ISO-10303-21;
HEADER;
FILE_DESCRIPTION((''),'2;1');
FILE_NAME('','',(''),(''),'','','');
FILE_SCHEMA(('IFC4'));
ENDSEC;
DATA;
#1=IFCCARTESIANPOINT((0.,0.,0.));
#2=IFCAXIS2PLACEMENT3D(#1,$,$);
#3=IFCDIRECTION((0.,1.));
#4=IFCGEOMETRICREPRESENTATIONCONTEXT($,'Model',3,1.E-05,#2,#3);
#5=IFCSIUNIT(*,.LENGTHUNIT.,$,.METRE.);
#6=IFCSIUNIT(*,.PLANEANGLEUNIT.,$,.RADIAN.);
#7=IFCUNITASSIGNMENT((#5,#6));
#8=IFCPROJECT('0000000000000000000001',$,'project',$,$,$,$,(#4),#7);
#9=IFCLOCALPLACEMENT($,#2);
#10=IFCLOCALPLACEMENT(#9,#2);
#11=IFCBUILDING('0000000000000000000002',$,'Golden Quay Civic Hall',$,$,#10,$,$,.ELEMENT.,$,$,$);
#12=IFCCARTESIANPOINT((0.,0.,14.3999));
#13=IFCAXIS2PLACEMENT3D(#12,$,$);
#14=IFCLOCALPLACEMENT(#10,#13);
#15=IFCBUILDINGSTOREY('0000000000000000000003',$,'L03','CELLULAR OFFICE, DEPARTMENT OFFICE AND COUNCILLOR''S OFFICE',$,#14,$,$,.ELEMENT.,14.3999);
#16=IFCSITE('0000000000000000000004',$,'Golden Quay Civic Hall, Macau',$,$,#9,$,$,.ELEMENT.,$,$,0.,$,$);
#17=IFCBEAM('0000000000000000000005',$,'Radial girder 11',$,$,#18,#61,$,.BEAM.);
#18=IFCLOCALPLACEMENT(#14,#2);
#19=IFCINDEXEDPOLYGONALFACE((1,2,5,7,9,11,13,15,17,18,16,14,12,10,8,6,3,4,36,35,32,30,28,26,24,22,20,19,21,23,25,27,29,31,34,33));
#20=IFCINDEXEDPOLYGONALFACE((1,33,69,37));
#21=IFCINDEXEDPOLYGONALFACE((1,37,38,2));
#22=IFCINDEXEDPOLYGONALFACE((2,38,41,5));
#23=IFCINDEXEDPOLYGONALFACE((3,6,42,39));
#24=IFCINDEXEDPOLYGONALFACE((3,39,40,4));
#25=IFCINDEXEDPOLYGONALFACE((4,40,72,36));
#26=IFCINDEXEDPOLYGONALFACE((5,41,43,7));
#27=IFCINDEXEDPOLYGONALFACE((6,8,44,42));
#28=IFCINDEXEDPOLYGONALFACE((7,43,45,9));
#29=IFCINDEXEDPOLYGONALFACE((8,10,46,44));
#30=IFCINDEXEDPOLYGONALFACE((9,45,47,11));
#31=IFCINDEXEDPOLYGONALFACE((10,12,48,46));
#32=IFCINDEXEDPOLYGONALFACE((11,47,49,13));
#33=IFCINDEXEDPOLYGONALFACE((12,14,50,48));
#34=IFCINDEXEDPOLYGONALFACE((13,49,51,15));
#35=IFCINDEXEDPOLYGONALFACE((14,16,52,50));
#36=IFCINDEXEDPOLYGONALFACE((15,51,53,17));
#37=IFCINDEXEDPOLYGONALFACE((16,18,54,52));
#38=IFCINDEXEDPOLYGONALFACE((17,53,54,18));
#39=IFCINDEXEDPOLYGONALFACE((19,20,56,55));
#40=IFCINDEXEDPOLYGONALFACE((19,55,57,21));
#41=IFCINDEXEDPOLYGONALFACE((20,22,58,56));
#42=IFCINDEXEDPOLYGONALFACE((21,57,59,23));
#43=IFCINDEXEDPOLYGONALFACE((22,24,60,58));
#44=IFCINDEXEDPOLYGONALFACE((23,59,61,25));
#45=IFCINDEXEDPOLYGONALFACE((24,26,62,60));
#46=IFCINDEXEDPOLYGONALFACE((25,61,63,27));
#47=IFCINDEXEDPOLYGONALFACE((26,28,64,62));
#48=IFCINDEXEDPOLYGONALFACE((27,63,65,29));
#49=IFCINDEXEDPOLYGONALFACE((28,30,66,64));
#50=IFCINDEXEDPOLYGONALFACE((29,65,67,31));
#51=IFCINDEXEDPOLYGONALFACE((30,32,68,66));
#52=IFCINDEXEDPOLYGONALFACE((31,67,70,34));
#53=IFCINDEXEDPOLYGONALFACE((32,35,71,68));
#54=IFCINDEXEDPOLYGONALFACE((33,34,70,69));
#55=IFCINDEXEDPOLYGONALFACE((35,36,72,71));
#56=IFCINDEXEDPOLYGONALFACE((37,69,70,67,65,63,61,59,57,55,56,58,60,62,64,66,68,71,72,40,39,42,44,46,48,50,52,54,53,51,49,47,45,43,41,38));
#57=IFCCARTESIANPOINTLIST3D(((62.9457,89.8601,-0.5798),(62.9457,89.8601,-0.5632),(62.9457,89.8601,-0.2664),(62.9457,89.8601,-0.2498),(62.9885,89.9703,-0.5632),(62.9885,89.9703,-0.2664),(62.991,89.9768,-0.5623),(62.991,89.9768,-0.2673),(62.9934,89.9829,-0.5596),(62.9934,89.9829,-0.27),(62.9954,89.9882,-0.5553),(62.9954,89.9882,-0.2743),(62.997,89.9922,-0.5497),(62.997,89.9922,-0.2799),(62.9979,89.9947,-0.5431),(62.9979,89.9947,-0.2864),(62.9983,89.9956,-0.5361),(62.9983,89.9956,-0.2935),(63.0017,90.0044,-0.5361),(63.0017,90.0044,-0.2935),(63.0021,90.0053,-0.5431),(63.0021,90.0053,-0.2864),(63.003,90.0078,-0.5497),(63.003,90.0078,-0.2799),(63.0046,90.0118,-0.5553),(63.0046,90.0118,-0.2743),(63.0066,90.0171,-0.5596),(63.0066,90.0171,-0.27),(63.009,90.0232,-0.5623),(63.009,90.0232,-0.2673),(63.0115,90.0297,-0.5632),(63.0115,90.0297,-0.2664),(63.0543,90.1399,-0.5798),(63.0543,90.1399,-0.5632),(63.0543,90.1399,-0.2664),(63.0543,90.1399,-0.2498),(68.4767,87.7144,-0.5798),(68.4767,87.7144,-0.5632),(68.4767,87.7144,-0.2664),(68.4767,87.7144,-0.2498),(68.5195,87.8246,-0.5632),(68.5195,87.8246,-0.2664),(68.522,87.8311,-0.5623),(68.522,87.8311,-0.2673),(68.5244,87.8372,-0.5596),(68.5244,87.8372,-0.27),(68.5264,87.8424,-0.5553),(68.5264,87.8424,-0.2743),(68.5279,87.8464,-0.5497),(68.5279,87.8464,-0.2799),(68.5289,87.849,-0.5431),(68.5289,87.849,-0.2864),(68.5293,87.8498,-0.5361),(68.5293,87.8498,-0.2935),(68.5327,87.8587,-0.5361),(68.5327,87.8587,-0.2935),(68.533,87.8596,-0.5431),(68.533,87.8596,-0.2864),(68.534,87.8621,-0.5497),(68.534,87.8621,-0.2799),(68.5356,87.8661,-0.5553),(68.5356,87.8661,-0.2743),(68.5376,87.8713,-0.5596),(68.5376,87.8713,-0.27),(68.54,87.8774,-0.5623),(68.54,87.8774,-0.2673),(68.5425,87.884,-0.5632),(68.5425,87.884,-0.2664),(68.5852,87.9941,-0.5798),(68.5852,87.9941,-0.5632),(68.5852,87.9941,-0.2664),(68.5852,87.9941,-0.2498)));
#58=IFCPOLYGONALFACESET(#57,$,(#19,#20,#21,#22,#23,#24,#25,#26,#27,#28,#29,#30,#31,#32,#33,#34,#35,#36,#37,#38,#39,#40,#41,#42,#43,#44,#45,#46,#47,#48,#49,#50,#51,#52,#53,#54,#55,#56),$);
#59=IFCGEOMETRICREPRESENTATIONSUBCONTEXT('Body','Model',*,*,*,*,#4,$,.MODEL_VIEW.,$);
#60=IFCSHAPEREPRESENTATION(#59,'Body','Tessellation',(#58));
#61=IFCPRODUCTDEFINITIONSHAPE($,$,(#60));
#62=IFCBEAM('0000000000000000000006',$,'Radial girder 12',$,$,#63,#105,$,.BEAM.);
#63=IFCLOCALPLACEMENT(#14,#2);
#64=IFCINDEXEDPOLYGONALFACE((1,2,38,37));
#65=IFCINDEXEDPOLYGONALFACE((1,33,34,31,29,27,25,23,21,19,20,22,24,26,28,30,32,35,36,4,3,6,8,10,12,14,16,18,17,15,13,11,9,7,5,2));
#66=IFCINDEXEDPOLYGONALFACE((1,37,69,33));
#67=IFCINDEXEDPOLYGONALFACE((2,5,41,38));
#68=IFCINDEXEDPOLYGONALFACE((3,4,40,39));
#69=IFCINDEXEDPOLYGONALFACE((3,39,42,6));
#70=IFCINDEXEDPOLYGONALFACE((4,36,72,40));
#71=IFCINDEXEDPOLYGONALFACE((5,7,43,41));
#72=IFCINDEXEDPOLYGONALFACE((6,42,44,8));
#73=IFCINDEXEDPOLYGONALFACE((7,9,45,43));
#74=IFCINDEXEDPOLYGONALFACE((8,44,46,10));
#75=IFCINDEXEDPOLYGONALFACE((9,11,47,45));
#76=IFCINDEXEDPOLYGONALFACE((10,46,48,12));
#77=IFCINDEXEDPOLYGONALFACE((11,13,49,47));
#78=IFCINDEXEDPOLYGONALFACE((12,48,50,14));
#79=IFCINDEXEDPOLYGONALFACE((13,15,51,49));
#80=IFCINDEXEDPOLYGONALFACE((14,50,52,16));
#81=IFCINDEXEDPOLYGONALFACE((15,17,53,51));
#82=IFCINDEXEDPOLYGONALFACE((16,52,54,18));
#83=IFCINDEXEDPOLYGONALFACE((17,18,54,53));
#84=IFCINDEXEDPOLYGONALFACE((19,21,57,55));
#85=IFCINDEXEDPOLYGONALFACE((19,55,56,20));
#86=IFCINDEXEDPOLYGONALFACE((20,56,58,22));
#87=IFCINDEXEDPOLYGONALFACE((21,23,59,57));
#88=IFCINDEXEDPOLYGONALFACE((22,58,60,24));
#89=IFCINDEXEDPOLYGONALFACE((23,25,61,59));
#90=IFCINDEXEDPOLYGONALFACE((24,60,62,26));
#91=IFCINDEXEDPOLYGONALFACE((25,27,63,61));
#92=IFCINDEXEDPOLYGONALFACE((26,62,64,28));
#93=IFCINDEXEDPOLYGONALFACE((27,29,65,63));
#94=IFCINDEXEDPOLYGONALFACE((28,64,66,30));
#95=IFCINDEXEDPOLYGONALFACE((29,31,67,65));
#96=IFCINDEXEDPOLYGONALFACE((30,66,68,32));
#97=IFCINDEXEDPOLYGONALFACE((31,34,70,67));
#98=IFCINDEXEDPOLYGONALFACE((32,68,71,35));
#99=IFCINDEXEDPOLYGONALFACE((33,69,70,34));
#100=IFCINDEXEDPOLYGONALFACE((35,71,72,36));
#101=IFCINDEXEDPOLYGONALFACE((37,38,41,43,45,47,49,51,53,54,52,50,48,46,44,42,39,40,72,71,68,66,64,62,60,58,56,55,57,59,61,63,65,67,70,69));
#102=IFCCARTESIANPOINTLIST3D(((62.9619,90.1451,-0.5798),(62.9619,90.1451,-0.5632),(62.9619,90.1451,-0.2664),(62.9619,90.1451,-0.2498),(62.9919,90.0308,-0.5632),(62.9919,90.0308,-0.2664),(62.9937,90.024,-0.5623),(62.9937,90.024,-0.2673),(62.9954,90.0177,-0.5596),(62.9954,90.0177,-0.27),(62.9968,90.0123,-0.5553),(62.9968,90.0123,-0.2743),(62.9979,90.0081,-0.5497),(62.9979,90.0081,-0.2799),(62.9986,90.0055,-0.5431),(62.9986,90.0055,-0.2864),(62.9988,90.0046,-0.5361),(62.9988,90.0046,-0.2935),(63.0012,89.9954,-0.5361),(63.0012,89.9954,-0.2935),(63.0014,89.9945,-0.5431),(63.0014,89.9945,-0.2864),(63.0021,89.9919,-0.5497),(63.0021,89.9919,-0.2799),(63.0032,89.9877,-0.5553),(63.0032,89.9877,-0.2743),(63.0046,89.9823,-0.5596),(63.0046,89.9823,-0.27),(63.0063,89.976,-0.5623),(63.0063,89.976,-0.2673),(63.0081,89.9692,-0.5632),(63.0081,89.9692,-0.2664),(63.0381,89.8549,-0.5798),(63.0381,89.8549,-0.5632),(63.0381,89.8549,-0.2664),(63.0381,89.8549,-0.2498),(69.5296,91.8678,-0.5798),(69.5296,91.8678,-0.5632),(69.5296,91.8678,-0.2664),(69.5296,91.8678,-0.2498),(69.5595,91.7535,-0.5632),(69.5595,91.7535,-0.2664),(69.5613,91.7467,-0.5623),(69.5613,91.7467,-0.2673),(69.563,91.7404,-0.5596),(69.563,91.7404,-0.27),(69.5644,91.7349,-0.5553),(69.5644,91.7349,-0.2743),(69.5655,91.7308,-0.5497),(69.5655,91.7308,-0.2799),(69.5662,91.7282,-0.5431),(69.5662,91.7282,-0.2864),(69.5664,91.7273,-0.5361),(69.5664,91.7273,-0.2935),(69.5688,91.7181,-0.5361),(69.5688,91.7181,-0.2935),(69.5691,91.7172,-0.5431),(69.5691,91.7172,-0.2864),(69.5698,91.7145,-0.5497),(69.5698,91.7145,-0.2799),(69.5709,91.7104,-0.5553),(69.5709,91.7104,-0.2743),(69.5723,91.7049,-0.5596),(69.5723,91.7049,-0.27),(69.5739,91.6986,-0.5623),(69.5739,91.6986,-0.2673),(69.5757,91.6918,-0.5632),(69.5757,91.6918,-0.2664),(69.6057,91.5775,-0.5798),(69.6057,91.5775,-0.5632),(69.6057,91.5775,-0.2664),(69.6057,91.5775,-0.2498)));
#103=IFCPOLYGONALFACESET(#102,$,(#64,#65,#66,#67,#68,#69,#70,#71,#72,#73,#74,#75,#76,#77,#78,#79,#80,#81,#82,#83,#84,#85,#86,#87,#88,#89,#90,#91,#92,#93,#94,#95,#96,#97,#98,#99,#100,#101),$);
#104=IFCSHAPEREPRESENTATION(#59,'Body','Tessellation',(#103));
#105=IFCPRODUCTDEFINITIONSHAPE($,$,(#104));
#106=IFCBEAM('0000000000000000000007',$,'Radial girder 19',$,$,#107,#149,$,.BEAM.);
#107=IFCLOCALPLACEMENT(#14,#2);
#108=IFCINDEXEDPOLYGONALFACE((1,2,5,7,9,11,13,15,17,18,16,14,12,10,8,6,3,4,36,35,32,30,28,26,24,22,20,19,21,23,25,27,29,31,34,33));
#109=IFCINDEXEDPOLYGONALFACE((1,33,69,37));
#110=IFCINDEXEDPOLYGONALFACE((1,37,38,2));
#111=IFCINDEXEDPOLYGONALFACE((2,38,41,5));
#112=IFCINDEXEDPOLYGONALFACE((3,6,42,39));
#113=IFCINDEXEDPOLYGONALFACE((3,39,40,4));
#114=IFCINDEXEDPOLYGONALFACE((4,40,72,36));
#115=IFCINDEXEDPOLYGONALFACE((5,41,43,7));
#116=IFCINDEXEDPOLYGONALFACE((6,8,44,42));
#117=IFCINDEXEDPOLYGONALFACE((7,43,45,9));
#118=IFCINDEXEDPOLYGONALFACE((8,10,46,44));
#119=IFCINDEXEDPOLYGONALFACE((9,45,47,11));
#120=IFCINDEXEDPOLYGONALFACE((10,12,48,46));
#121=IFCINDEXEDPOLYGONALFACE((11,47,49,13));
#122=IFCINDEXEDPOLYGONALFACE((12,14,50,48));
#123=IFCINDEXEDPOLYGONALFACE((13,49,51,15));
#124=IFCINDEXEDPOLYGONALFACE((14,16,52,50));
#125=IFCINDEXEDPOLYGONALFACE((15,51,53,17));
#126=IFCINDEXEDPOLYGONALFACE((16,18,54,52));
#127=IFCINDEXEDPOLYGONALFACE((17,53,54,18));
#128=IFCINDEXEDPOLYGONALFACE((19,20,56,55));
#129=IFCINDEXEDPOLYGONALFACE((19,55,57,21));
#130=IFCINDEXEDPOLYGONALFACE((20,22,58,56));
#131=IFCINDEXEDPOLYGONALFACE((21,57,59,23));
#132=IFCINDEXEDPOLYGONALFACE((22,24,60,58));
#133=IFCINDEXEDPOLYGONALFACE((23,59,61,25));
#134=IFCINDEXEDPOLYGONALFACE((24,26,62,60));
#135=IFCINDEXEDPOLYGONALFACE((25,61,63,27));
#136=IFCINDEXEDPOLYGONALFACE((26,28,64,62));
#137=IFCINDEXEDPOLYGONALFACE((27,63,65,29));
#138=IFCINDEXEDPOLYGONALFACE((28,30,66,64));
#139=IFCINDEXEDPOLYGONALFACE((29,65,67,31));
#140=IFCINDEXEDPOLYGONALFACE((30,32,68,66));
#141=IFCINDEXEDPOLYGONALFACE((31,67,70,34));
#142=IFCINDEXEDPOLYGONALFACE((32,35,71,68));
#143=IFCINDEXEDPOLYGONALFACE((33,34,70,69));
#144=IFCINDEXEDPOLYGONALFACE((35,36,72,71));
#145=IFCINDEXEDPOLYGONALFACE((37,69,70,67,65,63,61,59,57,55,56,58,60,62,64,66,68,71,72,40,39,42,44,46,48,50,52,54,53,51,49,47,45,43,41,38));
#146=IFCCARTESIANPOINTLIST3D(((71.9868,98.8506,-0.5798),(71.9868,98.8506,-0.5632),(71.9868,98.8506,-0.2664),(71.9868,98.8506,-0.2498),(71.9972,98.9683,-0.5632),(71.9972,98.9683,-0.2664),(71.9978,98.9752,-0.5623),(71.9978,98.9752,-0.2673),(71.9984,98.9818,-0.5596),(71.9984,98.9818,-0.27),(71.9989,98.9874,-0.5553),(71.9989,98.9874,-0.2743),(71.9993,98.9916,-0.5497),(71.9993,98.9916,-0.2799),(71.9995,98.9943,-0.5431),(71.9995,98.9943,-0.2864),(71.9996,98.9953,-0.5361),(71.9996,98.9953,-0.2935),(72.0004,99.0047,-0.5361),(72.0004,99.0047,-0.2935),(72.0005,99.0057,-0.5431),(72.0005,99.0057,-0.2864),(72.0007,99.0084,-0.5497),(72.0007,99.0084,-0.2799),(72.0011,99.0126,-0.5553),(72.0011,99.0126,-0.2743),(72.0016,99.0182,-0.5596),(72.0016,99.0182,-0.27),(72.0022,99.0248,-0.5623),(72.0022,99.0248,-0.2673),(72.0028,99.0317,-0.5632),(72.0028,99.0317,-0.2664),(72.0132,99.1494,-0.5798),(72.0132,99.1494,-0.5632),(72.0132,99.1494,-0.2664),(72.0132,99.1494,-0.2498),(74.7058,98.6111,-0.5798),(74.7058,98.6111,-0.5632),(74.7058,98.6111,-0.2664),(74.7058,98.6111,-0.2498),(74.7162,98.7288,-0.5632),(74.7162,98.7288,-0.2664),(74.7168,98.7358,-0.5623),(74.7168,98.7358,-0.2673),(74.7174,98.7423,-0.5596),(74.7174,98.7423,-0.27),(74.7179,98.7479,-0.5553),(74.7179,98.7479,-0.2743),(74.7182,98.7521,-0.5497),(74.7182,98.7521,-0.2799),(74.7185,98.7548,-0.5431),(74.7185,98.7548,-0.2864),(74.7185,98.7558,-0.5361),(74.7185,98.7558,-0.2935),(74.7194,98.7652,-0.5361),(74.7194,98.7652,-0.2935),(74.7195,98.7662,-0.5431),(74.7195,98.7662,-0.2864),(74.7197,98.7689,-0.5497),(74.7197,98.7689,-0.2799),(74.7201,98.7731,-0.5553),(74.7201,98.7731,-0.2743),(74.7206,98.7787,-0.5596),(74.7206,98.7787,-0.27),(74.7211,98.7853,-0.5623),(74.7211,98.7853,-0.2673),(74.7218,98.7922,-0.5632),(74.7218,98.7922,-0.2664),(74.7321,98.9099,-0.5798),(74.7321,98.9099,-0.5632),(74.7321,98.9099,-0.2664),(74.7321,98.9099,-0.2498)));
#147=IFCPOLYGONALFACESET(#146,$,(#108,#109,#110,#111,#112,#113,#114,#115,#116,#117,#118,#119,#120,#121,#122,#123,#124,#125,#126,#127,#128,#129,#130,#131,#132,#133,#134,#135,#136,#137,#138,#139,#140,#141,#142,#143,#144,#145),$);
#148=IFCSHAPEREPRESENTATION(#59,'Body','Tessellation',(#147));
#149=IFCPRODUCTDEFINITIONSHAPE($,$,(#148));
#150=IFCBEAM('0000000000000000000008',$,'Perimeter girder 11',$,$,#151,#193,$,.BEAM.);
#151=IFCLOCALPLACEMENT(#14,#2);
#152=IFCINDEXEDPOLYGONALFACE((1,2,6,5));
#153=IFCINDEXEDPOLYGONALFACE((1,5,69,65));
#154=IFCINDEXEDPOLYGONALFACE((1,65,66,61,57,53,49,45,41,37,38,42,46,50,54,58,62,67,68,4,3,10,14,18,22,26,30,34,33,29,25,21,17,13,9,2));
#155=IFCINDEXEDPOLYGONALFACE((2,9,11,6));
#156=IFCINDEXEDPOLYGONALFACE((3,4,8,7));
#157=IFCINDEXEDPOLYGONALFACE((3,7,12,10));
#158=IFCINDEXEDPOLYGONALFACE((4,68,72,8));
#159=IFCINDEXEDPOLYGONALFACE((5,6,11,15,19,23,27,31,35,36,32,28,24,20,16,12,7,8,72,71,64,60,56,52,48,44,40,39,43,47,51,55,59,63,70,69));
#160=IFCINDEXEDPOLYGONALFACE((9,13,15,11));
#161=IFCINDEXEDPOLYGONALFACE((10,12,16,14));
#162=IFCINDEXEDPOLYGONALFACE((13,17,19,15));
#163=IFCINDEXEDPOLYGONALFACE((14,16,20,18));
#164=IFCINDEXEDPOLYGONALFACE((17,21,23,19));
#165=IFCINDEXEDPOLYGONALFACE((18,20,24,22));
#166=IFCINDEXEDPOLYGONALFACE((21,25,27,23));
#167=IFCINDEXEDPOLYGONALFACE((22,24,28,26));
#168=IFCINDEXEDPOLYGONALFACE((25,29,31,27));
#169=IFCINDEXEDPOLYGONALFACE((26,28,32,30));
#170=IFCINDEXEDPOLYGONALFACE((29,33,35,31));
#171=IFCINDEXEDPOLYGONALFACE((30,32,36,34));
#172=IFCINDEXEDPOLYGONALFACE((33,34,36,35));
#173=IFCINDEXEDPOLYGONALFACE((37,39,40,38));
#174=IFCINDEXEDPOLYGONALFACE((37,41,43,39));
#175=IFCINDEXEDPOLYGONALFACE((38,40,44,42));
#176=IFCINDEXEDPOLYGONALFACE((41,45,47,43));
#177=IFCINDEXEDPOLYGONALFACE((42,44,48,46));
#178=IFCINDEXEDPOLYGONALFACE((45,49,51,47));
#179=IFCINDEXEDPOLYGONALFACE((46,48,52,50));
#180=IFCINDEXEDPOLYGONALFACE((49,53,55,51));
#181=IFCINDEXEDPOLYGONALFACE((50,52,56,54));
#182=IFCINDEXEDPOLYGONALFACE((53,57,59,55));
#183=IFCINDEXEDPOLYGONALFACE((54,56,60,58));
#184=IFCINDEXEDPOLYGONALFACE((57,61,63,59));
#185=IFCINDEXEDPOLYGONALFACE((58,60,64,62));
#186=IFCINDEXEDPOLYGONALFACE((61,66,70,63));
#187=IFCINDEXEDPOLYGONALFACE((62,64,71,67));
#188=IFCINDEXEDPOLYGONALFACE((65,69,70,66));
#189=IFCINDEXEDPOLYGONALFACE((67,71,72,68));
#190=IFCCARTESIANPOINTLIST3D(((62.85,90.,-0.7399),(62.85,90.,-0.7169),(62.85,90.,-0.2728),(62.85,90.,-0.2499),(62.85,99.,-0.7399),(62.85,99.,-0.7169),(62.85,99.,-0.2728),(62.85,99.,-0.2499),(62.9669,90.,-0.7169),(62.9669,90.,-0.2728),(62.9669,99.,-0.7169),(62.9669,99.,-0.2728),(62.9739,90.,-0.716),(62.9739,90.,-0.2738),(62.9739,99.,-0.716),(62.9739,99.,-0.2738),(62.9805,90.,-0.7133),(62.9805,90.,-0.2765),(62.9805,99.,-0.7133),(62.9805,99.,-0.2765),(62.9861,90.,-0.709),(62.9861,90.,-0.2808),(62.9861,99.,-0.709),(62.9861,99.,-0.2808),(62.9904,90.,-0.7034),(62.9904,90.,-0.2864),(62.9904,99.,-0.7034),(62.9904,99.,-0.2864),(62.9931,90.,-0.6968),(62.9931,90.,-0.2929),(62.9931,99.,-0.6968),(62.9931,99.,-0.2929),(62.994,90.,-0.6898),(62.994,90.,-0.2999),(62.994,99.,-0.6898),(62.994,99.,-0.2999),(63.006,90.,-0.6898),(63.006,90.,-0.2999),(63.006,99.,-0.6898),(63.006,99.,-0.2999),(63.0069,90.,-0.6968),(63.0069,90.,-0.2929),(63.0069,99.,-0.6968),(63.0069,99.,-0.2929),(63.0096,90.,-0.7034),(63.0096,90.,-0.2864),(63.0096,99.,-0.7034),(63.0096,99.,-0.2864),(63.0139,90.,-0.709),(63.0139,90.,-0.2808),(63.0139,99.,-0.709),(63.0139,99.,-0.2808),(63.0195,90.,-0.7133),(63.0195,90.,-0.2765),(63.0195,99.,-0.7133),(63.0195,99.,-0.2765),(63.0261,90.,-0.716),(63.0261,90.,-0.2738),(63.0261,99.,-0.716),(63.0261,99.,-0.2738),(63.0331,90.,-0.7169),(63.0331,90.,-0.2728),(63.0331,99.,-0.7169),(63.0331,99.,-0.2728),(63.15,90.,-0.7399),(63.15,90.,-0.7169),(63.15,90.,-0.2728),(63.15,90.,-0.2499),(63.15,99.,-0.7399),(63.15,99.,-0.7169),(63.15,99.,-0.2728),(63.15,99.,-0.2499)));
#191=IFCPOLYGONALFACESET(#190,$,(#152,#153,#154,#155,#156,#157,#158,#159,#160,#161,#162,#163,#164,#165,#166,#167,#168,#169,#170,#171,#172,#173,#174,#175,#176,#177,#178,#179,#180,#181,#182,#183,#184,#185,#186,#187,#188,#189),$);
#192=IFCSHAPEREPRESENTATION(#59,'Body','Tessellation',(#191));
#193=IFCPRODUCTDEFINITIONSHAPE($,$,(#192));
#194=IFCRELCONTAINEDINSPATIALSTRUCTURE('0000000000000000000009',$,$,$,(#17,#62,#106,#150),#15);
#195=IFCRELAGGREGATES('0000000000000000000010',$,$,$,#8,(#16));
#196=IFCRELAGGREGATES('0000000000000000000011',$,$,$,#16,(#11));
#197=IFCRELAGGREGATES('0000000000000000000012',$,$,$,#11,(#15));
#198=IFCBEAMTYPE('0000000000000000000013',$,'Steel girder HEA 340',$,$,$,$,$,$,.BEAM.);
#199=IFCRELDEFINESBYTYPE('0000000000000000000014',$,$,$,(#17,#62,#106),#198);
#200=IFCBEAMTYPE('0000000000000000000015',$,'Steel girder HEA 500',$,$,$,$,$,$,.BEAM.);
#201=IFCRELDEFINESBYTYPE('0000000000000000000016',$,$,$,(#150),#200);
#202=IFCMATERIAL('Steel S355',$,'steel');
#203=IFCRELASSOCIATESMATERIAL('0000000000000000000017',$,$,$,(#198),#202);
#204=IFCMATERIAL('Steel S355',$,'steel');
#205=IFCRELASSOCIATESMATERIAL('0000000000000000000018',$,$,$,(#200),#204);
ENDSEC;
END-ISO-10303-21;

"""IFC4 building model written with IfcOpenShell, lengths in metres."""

from ifc_helpers import new_model, si_unit, direction, frame, origin, origin_2d, place, context, subcontext, project, spatial, i_section, extrude, material, material_profile, profile_set, type_object, element, save


model = new_model("IFC4")

# Units and contexts
model_context = context("Model", 3, precision=1e-05, world=origin(), true_north=direction((0.0, 1.0)))
body_context = subcontext(model_context, "Body", "Model", "MODEL_VIEW")
ifc_project = project(units=[si_unit("LENGTHUNIT", "METRE"), si_unit("PLANEANGLEUNIT", "RADIAN")], contexts=[model_context])

# Site, building, storey
site_placement = place(None, origin())
site = spatial("IfcSite", under=ifc_project, at=site_placement, Name="Golden Quay Civic Hall, Macau", CompositionType="ELEMENT", RefElevation=0.0)
building_placement = place(site_placement, origin())
building = spatial("IfcBuilding", under=site, at=building_placement, Name="Golden Quay Civic Hall", CompositionType="ELEMENT")
storey_placement = place(building_placement, frame((0.0, 0.0, 14.3999)))
storey = spatial("IfcBuildingStorey", under=building, at=storey_placement, Name="L03", Description="CELLULAR OFFICE, DEPARTMENT OFFICE AND COUNCILLOR'S OFFICE", CompositionType="ELEMENT", Elevation=14.3999)

# Beams
ifc_material_1 = material(Name="Steel S355", Category="steel")
ifc_material_profile_1 = material_profile(ifc_material_1, i_section(OverallWidth=0.3, OverallDepth=0.3301, WebThickness=0.0095, FlangeThickness=0.0166, FilletRadius=0.0271, at=origin_2d()), Name="HEA 340")
ifc_profile_set_1 = profile_set([ifc_material_profile_1], Name="Steel S355")
beam_type_1 = type_object("IfcBeamType", Name="Steel girder HEA 340", PredefinedType="BEAM", material=ifc_profile_set_1)
beam_1_placement = place(storey_placement, frame((63.0, 90.0, -0.4148), z_axis=(0.9323, -0.361686, 0.0), x_axis=(0.361686, 0.9323, 0.0)))
element("IfcBeam", 1, at=beam_1_placement, inside=storey, type_object=beam_type_1, Name="Radial girder 11", PredefinedType="BEAM", context=body_context, shape_type="SweptSolid", body=[
    extrude(i_section(OverallWidth=0.3, OverallDepth=0.3301, WebThickness=0.0095, FlangeThickness=0.0166, FilletRadius=0.0271, at=origin_2d()), origin(), (0.0, 0.0, 1.0), 5.9326),
])
beam_2_placement = place(storey_placement, frame((63.0, 90.0, -0.4148), z_axis=(0.96728, 0.253713, 0.0), x_axis=(-0.253713, 0.96728, 0.0)))
element("IfcBeam", 2, at=beam_2_placement, inside=storey, type_object=beam_type_1, Name="Radial girder 12", PredefinedType="BEAM", context=body_context, shape_type="SweptSolid", body=[
    extrude(i_section(OverallWidth=0.3, OverallDepth=0.3301, WebThickness=0.0095, FlangeThickness=0.0166, FilletRadius=0.0271, at=origin_2d()), origin(), (0.0, 0.0, 1.0), 6.7898),
])
beam_3_placement = place(storey_placement, frame((72.0, 99.0, -0.4148), z_axis=(0.996143, -0.087745, 0.0), x_axis=(0.087745, 0.996143, 0.0)))
element("IfcBeam", 3, at=beam_3_placement, inside=storey, type_object=beam_type_1, Name="Radial girder 19", PredefinedType="BEAM", context=body_context, shape_type="SweptSolid", body=[
    extrude(i_section(OverallWidth=0.3, OverallDepth=0.3301, WebThickness=0.0095, FlangeThickness=0.0166, FilletRadius=0.0271, at=origin_2d()), origin(), (0.0, 0.0, 1.0), 2.7295),
])
ifc_material_2 = material(Name="Steel S355", Category="steel")
ifc_material_profile_2 = material_profile(ifc_material_2, i_section(OverallWidth=0.3, OverallDepth=0.49, WebThickness=0.012, FlangeThickness=0.0229, FilletRadius=0.0271, at=origin_2d()), Name="HEA 500")
ifc_profile_set_2 = profile_set([ifc_material_profile_2], Name="Steel S355")
beam_type_2 = type_object("IfcBeamType", Name="Steel girder HEA 500", PredefinedType="BEAM", material=ifc_profile_set_2)
beam_4_placement = place(storey_placement, frame((63.0, 90.0, -0.4949), z_axis=(0.0, 1.0, 0.0), x_axis=(-1.0, 0.0, 0.0)))
element("IfcBeam", 4, at=beam_4_placement, inside=storey, type_object=beam_type_2, Name="Perimeter girder 11", PredefinedType="BEAM", context=body_context, shape_type="SweptSolid", body=[
    extrude(i_section(OverallWidth=0.3, OverallDepth=0.49, WebThickness=0.012, FlangeThickness=0.0229, FilletRadius=0.0271, at=origin_2d()), origin(), (0.0, 0.0, 1.0), 9.0),
])

save(model, "model.ifc")
